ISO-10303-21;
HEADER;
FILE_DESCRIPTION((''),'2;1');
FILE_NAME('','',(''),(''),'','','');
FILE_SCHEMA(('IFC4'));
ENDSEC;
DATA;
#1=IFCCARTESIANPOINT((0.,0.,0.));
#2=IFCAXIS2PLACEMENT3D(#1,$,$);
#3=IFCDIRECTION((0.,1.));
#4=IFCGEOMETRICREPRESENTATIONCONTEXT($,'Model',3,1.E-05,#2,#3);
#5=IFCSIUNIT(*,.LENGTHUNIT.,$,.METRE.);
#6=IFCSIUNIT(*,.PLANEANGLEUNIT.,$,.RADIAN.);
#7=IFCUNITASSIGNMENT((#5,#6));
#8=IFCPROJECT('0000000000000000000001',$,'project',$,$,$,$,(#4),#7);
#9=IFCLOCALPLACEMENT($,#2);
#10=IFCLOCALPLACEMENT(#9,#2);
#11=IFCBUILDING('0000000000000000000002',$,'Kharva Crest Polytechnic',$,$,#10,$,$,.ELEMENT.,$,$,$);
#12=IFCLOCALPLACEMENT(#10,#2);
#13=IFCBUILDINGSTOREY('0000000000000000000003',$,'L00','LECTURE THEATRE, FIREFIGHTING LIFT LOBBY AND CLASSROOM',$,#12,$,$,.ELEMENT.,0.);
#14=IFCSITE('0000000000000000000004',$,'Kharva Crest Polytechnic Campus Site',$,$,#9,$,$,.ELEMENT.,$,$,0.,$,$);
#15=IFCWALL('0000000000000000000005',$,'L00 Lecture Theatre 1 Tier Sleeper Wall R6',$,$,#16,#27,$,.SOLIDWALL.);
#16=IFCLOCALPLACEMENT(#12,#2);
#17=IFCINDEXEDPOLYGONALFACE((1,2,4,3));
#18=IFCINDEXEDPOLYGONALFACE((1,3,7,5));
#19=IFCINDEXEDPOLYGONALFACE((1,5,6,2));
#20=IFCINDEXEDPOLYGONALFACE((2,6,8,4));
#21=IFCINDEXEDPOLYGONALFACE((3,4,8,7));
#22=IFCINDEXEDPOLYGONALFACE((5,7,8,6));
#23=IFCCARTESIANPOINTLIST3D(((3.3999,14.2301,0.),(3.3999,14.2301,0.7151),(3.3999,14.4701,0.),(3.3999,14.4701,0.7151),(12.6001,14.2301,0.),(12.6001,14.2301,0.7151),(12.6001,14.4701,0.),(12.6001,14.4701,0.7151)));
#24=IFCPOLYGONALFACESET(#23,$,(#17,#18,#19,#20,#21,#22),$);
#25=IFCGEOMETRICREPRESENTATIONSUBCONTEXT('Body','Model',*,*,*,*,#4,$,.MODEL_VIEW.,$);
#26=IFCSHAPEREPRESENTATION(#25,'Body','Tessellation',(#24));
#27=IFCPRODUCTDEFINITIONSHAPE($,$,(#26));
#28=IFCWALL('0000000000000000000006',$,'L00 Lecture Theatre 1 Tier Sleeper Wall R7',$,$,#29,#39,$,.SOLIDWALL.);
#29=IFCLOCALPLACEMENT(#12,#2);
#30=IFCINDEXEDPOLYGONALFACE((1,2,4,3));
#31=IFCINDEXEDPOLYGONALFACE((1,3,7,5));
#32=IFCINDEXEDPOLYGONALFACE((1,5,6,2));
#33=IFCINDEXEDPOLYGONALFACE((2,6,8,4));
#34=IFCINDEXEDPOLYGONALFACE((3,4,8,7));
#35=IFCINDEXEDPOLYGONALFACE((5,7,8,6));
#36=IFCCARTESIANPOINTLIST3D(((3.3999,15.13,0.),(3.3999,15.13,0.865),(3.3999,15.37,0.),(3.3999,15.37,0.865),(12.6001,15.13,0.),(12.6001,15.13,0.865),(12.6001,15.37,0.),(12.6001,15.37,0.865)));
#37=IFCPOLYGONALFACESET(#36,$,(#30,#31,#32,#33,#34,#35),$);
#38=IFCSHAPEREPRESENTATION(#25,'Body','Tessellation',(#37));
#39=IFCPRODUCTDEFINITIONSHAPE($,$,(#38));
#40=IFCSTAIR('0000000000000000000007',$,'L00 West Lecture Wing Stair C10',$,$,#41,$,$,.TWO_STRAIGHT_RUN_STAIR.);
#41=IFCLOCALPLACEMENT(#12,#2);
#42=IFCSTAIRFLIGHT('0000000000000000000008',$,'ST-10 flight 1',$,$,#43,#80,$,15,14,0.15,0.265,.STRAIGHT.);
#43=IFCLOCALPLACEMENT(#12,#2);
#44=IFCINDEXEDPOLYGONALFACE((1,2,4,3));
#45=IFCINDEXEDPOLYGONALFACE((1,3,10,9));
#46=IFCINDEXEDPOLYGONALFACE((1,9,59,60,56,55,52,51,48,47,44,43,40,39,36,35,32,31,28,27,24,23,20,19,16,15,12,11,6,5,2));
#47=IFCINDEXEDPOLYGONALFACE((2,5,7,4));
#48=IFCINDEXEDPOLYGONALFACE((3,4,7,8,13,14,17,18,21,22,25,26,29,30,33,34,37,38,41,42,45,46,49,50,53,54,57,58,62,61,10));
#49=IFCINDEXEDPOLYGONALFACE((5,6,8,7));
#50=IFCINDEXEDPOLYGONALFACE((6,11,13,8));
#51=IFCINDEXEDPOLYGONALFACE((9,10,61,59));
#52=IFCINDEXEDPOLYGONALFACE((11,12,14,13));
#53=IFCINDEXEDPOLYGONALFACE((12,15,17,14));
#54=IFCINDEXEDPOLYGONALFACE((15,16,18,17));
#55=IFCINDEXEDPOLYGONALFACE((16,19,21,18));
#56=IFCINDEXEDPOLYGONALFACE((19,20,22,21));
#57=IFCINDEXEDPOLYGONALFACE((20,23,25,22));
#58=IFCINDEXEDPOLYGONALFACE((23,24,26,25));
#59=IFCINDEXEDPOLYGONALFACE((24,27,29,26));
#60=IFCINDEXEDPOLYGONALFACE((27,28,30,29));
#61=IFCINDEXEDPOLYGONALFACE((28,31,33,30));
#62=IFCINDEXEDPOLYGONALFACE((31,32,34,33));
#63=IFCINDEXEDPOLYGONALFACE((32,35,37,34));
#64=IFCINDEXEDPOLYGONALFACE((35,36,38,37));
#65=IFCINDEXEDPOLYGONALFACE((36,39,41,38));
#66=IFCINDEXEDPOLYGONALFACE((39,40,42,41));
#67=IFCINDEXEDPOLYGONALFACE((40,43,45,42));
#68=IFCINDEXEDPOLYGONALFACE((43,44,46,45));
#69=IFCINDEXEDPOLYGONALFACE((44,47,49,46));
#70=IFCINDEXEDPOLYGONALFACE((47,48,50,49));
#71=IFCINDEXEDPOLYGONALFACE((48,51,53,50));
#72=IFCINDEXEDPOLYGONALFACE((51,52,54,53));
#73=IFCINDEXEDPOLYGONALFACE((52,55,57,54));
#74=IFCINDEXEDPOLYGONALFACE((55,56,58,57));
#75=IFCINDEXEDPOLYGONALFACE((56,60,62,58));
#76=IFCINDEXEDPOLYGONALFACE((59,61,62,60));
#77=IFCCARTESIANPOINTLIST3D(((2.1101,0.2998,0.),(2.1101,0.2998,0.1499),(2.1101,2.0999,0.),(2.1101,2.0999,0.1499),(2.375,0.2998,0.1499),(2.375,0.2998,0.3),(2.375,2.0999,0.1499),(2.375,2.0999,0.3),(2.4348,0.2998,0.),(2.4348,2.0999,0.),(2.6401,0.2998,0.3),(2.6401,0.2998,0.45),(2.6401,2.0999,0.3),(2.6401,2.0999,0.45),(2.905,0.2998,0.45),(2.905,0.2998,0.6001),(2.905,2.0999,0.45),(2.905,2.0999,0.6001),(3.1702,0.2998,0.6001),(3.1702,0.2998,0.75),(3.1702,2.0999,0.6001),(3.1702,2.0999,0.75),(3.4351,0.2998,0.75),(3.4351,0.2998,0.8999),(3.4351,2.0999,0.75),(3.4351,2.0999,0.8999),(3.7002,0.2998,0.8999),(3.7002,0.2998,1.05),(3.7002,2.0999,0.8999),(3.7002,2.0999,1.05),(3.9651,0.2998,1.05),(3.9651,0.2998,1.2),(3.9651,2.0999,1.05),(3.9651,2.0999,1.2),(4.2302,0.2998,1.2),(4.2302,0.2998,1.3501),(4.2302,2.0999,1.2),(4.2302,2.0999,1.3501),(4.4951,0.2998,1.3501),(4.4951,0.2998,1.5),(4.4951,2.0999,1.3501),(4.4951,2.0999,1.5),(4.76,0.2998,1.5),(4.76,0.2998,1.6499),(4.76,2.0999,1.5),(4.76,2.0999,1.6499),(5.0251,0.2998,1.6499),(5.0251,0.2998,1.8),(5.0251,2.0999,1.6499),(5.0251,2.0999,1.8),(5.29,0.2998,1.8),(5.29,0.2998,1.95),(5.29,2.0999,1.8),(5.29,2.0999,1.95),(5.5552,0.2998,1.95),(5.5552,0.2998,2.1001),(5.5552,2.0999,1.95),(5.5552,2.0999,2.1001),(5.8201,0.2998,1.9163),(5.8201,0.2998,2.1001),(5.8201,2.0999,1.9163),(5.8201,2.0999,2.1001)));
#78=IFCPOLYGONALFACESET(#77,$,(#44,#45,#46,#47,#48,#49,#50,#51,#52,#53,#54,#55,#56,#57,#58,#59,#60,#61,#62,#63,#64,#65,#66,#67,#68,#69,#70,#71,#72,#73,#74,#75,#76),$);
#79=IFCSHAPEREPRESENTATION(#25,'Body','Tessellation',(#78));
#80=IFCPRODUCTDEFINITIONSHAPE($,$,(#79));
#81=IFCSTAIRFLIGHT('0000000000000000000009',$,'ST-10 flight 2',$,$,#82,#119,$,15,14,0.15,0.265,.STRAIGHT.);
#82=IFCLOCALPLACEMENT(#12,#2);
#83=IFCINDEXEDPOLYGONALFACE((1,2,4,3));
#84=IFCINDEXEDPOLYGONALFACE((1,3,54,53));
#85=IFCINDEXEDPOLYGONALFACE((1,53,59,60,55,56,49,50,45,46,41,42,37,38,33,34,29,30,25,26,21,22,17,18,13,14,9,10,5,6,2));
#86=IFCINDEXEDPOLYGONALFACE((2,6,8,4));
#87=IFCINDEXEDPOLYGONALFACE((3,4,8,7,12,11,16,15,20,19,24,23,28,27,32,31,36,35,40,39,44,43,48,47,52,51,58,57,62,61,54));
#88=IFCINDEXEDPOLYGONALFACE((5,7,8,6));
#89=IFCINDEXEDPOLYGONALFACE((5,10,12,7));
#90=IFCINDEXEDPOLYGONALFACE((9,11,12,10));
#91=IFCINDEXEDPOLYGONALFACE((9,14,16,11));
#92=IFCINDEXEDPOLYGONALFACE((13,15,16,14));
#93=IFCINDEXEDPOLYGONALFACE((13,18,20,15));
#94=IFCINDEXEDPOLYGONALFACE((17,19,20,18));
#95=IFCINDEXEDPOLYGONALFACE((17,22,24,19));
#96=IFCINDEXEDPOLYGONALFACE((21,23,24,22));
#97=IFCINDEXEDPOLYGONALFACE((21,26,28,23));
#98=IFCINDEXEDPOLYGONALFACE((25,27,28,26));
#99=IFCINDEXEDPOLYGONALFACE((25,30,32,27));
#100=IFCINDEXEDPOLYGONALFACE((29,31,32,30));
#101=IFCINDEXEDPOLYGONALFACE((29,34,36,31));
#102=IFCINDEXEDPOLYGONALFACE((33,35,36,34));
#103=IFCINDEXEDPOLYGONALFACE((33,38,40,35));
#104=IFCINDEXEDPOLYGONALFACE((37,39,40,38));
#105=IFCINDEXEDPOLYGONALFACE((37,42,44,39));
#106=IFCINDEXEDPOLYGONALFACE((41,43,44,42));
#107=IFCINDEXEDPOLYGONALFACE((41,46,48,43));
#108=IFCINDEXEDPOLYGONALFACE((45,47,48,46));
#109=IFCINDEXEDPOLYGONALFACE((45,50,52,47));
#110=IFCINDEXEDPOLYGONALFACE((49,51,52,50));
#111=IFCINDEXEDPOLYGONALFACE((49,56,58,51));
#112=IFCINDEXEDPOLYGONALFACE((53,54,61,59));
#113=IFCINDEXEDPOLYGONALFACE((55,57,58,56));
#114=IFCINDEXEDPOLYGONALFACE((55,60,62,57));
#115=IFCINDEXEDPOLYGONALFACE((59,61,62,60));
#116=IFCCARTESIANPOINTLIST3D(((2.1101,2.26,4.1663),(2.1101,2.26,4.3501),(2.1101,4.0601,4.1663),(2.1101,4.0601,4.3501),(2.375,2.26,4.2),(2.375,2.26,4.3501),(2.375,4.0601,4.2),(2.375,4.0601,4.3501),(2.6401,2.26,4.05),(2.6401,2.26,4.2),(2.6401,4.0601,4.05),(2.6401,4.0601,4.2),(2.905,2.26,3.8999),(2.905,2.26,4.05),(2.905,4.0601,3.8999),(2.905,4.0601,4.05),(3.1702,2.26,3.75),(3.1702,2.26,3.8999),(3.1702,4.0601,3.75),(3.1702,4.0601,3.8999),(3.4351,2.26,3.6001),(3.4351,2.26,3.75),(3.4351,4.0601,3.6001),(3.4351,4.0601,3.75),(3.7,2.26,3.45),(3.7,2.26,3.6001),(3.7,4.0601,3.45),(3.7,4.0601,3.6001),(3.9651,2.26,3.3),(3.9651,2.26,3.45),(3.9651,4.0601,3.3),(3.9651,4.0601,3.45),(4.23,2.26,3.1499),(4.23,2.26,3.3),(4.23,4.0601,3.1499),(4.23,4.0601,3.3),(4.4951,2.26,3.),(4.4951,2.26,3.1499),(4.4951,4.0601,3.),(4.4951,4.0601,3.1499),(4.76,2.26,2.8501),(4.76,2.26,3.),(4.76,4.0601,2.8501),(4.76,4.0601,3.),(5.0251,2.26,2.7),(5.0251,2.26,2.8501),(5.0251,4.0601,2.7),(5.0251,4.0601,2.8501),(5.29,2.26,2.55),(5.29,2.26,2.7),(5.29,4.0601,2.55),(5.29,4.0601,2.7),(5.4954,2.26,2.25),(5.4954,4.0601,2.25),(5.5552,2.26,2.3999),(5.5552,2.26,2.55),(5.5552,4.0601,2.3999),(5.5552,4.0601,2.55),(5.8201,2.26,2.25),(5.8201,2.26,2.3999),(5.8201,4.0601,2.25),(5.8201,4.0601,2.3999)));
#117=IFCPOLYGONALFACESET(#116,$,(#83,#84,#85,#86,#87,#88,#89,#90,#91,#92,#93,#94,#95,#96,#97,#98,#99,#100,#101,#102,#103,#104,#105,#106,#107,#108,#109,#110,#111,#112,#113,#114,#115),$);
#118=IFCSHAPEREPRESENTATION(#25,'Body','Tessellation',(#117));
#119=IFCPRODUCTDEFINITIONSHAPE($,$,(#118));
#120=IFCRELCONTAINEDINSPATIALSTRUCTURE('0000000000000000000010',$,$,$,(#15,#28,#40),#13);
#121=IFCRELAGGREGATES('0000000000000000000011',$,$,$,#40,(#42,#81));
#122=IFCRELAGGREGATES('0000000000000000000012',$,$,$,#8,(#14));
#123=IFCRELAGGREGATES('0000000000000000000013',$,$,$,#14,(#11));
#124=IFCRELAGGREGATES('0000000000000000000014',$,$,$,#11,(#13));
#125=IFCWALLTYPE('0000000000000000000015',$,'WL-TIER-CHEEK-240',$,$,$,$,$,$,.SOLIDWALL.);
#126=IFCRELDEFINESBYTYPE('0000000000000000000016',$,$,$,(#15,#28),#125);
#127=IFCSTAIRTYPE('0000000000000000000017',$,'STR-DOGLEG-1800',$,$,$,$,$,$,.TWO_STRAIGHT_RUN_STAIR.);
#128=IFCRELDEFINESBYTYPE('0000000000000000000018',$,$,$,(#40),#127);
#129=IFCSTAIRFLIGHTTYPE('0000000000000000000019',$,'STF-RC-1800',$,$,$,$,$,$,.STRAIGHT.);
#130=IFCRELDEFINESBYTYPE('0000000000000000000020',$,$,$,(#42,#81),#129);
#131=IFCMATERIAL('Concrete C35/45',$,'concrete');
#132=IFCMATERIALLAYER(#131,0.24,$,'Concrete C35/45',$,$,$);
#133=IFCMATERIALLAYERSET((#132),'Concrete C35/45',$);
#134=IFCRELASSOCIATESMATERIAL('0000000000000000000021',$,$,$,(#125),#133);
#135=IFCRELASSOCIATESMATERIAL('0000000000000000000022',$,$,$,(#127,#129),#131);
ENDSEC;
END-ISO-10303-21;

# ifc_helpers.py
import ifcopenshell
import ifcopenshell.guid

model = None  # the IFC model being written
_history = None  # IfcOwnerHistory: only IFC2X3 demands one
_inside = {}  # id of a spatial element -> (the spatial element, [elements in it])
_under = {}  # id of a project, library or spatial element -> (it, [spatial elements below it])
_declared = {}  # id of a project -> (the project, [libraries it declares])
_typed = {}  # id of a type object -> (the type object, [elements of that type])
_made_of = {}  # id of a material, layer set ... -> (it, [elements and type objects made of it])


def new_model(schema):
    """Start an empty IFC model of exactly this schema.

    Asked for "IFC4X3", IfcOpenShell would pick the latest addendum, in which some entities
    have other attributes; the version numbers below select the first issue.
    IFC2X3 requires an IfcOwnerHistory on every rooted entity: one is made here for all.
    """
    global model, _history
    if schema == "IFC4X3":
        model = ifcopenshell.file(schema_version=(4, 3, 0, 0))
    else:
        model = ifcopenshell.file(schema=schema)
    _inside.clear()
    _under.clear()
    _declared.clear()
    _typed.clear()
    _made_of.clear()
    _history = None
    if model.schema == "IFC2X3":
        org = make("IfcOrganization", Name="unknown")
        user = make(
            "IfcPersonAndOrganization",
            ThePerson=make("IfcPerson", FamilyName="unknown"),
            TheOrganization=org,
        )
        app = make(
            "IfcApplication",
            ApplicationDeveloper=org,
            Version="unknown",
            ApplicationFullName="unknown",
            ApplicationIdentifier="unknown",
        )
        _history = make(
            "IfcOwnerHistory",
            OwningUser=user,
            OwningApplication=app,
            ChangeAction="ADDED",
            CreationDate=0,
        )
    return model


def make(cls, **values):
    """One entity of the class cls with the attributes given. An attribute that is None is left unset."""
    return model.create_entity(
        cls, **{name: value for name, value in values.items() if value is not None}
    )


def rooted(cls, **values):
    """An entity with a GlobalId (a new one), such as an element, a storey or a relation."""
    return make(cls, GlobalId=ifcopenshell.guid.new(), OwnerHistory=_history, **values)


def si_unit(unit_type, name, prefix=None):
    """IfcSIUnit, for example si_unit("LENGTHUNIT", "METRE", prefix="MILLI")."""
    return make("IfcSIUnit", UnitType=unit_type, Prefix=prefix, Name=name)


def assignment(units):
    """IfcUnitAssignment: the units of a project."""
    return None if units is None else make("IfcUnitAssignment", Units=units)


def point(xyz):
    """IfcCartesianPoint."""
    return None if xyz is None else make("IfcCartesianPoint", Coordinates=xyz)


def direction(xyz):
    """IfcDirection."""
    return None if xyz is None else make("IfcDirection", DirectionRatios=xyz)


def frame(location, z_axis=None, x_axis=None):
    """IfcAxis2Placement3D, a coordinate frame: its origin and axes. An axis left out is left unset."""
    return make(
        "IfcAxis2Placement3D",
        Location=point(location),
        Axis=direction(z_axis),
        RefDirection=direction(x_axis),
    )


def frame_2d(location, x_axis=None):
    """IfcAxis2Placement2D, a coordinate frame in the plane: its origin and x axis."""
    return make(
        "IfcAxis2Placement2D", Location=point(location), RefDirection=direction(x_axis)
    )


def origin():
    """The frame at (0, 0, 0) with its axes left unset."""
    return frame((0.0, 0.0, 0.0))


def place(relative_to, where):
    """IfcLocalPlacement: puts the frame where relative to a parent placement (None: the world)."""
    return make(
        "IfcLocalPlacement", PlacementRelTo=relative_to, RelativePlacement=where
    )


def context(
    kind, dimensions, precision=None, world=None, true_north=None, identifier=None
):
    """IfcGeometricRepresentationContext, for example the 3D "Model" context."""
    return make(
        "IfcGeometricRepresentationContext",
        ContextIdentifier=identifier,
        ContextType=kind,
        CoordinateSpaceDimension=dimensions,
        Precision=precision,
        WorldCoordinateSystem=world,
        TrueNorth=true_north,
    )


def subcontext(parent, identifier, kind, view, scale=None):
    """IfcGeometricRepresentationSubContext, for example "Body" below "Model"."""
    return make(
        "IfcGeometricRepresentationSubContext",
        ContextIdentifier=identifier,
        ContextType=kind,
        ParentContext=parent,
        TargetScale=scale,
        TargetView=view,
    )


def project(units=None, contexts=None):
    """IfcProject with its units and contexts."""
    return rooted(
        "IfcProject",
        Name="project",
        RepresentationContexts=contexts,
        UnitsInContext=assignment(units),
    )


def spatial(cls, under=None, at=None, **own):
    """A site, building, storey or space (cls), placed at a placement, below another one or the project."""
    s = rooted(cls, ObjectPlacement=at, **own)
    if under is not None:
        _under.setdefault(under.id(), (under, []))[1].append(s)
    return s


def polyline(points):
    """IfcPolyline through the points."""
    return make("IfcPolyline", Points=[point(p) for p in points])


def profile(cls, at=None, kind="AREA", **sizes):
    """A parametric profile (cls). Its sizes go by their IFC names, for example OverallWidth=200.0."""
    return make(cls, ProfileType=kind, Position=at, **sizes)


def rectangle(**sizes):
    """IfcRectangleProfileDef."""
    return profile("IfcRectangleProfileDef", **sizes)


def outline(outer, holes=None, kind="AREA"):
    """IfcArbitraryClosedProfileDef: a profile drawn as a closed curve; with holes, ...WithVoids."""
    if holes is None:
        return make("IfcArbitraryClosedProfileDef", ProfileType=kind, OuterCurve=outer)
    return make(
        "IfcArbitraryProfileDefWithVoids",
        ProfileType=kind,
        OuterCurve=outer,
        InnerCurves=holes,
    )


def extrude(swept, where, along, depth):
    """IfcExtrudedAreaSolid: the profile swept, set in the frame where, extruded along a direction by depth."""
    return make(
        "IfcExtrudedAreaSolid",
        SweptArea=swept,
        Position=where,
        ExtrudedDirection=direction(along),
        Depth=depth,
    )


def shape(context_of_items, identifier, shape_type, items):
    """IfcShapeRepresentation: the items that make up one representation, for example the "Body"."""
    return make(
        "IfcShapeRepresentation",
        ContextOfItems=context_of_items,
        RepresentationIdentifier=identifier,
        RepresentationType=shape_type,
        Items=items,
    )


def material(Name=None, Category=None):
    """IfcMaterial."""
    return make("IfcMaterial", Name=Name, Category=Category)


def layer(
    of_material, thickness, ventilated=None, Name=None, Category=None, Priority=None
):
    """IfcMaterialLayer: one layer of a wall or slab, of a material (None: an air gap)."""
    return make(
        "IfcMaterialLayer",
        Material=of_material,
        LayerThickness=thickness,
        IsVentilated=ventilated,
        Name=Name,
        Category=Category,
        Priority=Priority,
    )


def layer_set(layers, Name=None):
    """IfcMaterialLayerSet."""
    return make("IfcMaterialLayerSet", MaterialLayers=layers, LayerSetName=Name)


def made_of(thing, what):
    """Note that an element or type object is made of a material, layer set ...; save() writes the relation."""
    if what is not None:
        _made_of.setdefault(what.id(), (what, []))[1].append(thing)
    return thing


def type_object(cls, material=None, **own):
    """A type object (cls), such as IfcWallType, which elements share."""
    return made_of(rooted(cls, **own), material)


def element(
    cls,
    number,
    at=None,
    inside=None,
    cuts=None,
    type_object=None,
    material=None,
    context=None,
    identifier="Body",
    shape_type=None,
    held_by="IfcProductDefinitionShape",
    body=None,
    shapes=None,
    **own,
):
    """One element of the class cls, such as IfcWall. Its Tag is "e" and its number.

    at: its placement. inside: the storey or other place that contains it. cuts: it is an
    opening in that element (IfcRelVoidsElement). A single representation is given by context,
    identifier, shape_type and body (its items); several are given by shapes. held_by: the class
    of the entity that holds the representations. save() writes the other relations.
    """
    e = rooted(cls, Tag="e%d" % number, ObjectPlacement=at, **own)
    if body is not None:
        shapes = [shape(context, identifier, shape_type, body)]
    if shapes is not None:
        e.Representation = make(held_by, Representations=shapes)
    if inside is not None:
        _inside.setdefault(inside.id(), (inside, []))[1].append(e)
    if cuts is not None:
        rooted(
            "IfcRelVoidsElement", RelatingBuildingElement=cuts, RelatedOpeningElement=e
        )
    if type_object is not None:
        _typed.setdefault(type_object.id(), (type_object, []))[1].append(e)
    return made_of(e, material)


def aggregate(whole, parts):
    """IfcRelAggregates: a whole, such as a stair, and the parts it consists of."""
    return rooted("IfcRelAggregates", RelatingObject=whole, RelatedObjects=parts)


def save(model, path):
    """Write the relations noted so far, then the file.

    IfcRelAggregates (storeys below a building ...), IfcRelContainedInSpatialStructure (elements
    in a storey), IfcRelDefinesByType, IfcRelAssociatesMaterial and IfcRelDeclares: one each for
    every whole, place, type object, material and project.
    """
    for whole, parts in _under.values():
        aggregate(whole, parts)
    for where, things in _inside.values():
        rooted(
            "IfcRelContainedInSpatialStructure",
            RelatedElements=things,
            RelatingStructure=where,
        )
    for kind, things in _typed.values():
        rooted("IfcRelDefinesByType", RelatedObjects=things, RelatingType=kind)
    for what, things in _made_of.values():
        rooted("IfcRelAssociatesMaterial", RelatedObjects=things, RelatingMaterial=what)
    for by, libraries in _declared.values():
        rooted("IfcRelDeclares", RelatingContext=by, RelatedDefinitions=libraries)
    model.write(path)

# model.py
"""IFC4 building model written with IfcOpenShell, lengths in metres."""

from ifc_helpers import new_model, si_unit, direction, frame, frame_2d, origin, place, context, subcontext, project, spatial, polyline, rectangle, outline, extrude, material, layer, layer_set, type_object, element, aggregate, save


model = new_model("IFC4")

# Units and contexts
model_context = context("Model", 3, precision=1e-05, world=origin(), true_north=direction((0.0, 1.0)))
body_context = subcontext(model_context, "Body", "Model", "MODEL_VIEW")
ifc_project = project(units=[si_unit("LENGTHUNIT", "METRE"), si_unit("PLANEANGLEUNIT", "RADIAN")], contexts=[model_context])

# Site, building, storey
site_placement = place(None, origin())
site = spatial("IfcSite", under=ifc_project, at=site_placement, Name="Kharva Crest Polytechnic Campus Site", CompositionType="ELEMENT", RefElevation=0.0)
building_placement = place(site_placement, origin())
building = spatial("IfcBuilding", under=site, at=building_placement, Name="Kharva Crest Polytechnic", CompositionType="ELEMENT")
storey_placement = place(building_placement, origin())
storey = spatial("IfcBuildingStorey", under=building, at=storey_placement, Name="L00", Description="LECTURE THEATRE, FIREFIGHTING LIFT LOBBY AND CLASSROOM", CompositionType="ELEMENT", Elevation=0.0)

# Shared definitions
ifc_material_1 = material(Name="Concrete C35/45", Category="concrete")

# Walls
ifc_layer_1 = layer(ifc_material_1, 0.24, Name="Concrete C35/45")
ifc_layer_set_1 = layer_set([ifc_layer_1], Name="Concrete C35/45")
wall_type_1 = type_object("IfcWallType", Name="WL-TIER-CHEEK-240", PredefinedType="SOLIDWALL", material=ifc_layer_set_1)
wall_1_placement = place(storey_placement, frame((3.3999, 14.3501, 0.0), z_axis=(0.0, 0.0, 1.0), x_axis=(1.0, 0.0, 0.0)))
element("IfcWall", 1, at=wall_1_placement, inside=storey, type_object=wall_type_1, Name="L00 Lecture Theatre 1 Tier Sleeper Wall R6", PredefinedType="SOLIDWALL", context=body_context, shape_type="SweptSolid", body=[
    extrude(rectangle(XDim=9.2002, YDim=0.24, at=frame_2d((4.6001, 0.0))), origin(), (0.0, 0.0, 1.0), 0.7151),
])
wall_2_placement = place(storey_placement, frame((3.3999, 15.25, 0.0), z_axis=(0.0, 0.0, 1.0), x_axis=(1.0, 0.0, 0.0)))
element("IfcWall", 2, at=wall_2_placement, inside=storey, type_object=wall_type_1, Name="L00 Lecture Theatre 1 Tier Sleeper Wall R7", PredefinedType="SOLIDWALL", context=body_context, shape_type="SweptSolid", body=[
    extrude(rectangle(XDim=9.2002, YDim=0.24, at=frame_2d((4.6001, 0.0))), origin(), (0.0, 0.0, 1.0), 0.865),
])

# Stair, stair flights
stair_type = type_object("IfcStairType", Name="STR-DOGLEG-1800", PredefinedType="TWO_STRAIGHT_RUN_STAIR", material=ifc_material_1)
stair_placement = place(storey_placement, origin())
stair = element("IfcStair", 3, at=stair_placement, inside=storey, type_object=stair_type, Name="L00 West Lecture Wing Stair C10", PredefinedType="TWO_STRAIGHT_RUN_STAIR")
stair_flight_type = type_object("IfcStairFlightType", Name="STF-RC-1800", PredefinedType="STRAIGHT", material=ifc_material_1)
stair_flight_1_placement = place(storey_placement, frame((2.1101, 1.2, 0.0), z_axis=(0.0, 0.0, 1.0), x_axis=(1.0, 0.0, 0.0)))
stair_flight_1 = element("IfcStairFlight", 4, at=stair_flight_1_placement, type_object=stair_flight_type, Name="ST-10 flight 1", NumberOfRisers=15, NumberOfTreads=14, PredefinedType="STRAIGHT", RiserHeight=0.15, TreadLength=0.265, context=body_context, shape_type="SweptSolid", body=[
    extrude(outline(polyline([(0.0, 0.0), (0.0, 0.1499), (0.2649, 0.1499), (0.2649, 0.3), (0.53, 0.3), (0.53, 0.45), (0.7949, 0.45), (0.7949, 0.6001), (1.0601, 0.6001), (1.0601, 0.75), (1.325, 0.75), (1.325, 0.8999), (1.5901, 0.8999), (1.5901, 1.05), (1.855, 1.05), (1.855, 1.2), (2.1201, 1.2), (2.1201, 1.3501), (2.385, 1.3501), (2.385, 1.5), (2.6499, 1.5), (2.6499, 1.6499), (2.915, 1.6499), (2.915, 1.8), (3.1799, 1.8), (3.1799, 1.95), (3.4451, 1.95), (3.4451, 2.1001), (3.71, 2.1001), (3.71, 2.25), (3.71, 1.9163), (0.3247, 0.0), (0.0, 0.0)])), frame((0.0, 0.8999, 0.0), z_axis=(0.0, -1.0, 0.0), x_axis=(1.0, 0.0, 0.0)), (0.0, 0.0, 1.0), 1.8),
])
stair_flight_2_placement = place(storey_placement, frame((5.8201, 3.1599, 2.25), z_axis=(0.0, 0.0, 1.0), x_axis=(-1.0, 0.0, 0.0)))
stair_flight_2 = element("IfcStairFlight", 5, at=stair_flight_2_placement, type_object=stair_flight_type, Name="ST-10 flight 2", NumberOfRisers=15, NumberOfTreads=14, PredefinedType="STRAIGHT", RiserHeight=0.15, TreadLength=0.265, context=body_context, shape_type="SweptSolid", body=[
    extrude(outline(polyline([(0.0, 0.0), (0.0, 0.1499), (0.2649, 0.1499), (0.2649, 0.3), (0.53, 0.3), (0.53, 0.45), (0.7949, 0.45), (0.7949, 0.6001), (1.0601, 0.6001), (1.0601, 0.75), (1.325, 0.75), (1.325, 0.8999), (1.5901, 0.8999), (1.5901, 1.05), (1.855, 1.05), (1.855, 1.2), (2.1201, 1.2), (2.1201, 1.3501), (2.385, 1.3501), (2.385, 1.5), (2.6499, 1.5), (2.6499, 1.6499), (2.915, 1.6499), (2.915, 1.8), (3.1799, 1.8), (3.1799, 1.95), (3.4451, 1.95), (3.4451, 2.1001), (3.71, 2.1001), (3.71, 2.25), (3.71, 1.9163), (0.3247, 0.0), (0.0, 0.0)])), frame((0.0, 0.8999, 0.0), z_axis=(0.0, -1.0, 0.0), x_axis=(1.0, 0.0, 0.0)), (0.0, 0.0, 1.0), 1.8),
])
aggregate(stair, [stair_flight_1, stair_flight_2])

save(model, "model.ifc")
